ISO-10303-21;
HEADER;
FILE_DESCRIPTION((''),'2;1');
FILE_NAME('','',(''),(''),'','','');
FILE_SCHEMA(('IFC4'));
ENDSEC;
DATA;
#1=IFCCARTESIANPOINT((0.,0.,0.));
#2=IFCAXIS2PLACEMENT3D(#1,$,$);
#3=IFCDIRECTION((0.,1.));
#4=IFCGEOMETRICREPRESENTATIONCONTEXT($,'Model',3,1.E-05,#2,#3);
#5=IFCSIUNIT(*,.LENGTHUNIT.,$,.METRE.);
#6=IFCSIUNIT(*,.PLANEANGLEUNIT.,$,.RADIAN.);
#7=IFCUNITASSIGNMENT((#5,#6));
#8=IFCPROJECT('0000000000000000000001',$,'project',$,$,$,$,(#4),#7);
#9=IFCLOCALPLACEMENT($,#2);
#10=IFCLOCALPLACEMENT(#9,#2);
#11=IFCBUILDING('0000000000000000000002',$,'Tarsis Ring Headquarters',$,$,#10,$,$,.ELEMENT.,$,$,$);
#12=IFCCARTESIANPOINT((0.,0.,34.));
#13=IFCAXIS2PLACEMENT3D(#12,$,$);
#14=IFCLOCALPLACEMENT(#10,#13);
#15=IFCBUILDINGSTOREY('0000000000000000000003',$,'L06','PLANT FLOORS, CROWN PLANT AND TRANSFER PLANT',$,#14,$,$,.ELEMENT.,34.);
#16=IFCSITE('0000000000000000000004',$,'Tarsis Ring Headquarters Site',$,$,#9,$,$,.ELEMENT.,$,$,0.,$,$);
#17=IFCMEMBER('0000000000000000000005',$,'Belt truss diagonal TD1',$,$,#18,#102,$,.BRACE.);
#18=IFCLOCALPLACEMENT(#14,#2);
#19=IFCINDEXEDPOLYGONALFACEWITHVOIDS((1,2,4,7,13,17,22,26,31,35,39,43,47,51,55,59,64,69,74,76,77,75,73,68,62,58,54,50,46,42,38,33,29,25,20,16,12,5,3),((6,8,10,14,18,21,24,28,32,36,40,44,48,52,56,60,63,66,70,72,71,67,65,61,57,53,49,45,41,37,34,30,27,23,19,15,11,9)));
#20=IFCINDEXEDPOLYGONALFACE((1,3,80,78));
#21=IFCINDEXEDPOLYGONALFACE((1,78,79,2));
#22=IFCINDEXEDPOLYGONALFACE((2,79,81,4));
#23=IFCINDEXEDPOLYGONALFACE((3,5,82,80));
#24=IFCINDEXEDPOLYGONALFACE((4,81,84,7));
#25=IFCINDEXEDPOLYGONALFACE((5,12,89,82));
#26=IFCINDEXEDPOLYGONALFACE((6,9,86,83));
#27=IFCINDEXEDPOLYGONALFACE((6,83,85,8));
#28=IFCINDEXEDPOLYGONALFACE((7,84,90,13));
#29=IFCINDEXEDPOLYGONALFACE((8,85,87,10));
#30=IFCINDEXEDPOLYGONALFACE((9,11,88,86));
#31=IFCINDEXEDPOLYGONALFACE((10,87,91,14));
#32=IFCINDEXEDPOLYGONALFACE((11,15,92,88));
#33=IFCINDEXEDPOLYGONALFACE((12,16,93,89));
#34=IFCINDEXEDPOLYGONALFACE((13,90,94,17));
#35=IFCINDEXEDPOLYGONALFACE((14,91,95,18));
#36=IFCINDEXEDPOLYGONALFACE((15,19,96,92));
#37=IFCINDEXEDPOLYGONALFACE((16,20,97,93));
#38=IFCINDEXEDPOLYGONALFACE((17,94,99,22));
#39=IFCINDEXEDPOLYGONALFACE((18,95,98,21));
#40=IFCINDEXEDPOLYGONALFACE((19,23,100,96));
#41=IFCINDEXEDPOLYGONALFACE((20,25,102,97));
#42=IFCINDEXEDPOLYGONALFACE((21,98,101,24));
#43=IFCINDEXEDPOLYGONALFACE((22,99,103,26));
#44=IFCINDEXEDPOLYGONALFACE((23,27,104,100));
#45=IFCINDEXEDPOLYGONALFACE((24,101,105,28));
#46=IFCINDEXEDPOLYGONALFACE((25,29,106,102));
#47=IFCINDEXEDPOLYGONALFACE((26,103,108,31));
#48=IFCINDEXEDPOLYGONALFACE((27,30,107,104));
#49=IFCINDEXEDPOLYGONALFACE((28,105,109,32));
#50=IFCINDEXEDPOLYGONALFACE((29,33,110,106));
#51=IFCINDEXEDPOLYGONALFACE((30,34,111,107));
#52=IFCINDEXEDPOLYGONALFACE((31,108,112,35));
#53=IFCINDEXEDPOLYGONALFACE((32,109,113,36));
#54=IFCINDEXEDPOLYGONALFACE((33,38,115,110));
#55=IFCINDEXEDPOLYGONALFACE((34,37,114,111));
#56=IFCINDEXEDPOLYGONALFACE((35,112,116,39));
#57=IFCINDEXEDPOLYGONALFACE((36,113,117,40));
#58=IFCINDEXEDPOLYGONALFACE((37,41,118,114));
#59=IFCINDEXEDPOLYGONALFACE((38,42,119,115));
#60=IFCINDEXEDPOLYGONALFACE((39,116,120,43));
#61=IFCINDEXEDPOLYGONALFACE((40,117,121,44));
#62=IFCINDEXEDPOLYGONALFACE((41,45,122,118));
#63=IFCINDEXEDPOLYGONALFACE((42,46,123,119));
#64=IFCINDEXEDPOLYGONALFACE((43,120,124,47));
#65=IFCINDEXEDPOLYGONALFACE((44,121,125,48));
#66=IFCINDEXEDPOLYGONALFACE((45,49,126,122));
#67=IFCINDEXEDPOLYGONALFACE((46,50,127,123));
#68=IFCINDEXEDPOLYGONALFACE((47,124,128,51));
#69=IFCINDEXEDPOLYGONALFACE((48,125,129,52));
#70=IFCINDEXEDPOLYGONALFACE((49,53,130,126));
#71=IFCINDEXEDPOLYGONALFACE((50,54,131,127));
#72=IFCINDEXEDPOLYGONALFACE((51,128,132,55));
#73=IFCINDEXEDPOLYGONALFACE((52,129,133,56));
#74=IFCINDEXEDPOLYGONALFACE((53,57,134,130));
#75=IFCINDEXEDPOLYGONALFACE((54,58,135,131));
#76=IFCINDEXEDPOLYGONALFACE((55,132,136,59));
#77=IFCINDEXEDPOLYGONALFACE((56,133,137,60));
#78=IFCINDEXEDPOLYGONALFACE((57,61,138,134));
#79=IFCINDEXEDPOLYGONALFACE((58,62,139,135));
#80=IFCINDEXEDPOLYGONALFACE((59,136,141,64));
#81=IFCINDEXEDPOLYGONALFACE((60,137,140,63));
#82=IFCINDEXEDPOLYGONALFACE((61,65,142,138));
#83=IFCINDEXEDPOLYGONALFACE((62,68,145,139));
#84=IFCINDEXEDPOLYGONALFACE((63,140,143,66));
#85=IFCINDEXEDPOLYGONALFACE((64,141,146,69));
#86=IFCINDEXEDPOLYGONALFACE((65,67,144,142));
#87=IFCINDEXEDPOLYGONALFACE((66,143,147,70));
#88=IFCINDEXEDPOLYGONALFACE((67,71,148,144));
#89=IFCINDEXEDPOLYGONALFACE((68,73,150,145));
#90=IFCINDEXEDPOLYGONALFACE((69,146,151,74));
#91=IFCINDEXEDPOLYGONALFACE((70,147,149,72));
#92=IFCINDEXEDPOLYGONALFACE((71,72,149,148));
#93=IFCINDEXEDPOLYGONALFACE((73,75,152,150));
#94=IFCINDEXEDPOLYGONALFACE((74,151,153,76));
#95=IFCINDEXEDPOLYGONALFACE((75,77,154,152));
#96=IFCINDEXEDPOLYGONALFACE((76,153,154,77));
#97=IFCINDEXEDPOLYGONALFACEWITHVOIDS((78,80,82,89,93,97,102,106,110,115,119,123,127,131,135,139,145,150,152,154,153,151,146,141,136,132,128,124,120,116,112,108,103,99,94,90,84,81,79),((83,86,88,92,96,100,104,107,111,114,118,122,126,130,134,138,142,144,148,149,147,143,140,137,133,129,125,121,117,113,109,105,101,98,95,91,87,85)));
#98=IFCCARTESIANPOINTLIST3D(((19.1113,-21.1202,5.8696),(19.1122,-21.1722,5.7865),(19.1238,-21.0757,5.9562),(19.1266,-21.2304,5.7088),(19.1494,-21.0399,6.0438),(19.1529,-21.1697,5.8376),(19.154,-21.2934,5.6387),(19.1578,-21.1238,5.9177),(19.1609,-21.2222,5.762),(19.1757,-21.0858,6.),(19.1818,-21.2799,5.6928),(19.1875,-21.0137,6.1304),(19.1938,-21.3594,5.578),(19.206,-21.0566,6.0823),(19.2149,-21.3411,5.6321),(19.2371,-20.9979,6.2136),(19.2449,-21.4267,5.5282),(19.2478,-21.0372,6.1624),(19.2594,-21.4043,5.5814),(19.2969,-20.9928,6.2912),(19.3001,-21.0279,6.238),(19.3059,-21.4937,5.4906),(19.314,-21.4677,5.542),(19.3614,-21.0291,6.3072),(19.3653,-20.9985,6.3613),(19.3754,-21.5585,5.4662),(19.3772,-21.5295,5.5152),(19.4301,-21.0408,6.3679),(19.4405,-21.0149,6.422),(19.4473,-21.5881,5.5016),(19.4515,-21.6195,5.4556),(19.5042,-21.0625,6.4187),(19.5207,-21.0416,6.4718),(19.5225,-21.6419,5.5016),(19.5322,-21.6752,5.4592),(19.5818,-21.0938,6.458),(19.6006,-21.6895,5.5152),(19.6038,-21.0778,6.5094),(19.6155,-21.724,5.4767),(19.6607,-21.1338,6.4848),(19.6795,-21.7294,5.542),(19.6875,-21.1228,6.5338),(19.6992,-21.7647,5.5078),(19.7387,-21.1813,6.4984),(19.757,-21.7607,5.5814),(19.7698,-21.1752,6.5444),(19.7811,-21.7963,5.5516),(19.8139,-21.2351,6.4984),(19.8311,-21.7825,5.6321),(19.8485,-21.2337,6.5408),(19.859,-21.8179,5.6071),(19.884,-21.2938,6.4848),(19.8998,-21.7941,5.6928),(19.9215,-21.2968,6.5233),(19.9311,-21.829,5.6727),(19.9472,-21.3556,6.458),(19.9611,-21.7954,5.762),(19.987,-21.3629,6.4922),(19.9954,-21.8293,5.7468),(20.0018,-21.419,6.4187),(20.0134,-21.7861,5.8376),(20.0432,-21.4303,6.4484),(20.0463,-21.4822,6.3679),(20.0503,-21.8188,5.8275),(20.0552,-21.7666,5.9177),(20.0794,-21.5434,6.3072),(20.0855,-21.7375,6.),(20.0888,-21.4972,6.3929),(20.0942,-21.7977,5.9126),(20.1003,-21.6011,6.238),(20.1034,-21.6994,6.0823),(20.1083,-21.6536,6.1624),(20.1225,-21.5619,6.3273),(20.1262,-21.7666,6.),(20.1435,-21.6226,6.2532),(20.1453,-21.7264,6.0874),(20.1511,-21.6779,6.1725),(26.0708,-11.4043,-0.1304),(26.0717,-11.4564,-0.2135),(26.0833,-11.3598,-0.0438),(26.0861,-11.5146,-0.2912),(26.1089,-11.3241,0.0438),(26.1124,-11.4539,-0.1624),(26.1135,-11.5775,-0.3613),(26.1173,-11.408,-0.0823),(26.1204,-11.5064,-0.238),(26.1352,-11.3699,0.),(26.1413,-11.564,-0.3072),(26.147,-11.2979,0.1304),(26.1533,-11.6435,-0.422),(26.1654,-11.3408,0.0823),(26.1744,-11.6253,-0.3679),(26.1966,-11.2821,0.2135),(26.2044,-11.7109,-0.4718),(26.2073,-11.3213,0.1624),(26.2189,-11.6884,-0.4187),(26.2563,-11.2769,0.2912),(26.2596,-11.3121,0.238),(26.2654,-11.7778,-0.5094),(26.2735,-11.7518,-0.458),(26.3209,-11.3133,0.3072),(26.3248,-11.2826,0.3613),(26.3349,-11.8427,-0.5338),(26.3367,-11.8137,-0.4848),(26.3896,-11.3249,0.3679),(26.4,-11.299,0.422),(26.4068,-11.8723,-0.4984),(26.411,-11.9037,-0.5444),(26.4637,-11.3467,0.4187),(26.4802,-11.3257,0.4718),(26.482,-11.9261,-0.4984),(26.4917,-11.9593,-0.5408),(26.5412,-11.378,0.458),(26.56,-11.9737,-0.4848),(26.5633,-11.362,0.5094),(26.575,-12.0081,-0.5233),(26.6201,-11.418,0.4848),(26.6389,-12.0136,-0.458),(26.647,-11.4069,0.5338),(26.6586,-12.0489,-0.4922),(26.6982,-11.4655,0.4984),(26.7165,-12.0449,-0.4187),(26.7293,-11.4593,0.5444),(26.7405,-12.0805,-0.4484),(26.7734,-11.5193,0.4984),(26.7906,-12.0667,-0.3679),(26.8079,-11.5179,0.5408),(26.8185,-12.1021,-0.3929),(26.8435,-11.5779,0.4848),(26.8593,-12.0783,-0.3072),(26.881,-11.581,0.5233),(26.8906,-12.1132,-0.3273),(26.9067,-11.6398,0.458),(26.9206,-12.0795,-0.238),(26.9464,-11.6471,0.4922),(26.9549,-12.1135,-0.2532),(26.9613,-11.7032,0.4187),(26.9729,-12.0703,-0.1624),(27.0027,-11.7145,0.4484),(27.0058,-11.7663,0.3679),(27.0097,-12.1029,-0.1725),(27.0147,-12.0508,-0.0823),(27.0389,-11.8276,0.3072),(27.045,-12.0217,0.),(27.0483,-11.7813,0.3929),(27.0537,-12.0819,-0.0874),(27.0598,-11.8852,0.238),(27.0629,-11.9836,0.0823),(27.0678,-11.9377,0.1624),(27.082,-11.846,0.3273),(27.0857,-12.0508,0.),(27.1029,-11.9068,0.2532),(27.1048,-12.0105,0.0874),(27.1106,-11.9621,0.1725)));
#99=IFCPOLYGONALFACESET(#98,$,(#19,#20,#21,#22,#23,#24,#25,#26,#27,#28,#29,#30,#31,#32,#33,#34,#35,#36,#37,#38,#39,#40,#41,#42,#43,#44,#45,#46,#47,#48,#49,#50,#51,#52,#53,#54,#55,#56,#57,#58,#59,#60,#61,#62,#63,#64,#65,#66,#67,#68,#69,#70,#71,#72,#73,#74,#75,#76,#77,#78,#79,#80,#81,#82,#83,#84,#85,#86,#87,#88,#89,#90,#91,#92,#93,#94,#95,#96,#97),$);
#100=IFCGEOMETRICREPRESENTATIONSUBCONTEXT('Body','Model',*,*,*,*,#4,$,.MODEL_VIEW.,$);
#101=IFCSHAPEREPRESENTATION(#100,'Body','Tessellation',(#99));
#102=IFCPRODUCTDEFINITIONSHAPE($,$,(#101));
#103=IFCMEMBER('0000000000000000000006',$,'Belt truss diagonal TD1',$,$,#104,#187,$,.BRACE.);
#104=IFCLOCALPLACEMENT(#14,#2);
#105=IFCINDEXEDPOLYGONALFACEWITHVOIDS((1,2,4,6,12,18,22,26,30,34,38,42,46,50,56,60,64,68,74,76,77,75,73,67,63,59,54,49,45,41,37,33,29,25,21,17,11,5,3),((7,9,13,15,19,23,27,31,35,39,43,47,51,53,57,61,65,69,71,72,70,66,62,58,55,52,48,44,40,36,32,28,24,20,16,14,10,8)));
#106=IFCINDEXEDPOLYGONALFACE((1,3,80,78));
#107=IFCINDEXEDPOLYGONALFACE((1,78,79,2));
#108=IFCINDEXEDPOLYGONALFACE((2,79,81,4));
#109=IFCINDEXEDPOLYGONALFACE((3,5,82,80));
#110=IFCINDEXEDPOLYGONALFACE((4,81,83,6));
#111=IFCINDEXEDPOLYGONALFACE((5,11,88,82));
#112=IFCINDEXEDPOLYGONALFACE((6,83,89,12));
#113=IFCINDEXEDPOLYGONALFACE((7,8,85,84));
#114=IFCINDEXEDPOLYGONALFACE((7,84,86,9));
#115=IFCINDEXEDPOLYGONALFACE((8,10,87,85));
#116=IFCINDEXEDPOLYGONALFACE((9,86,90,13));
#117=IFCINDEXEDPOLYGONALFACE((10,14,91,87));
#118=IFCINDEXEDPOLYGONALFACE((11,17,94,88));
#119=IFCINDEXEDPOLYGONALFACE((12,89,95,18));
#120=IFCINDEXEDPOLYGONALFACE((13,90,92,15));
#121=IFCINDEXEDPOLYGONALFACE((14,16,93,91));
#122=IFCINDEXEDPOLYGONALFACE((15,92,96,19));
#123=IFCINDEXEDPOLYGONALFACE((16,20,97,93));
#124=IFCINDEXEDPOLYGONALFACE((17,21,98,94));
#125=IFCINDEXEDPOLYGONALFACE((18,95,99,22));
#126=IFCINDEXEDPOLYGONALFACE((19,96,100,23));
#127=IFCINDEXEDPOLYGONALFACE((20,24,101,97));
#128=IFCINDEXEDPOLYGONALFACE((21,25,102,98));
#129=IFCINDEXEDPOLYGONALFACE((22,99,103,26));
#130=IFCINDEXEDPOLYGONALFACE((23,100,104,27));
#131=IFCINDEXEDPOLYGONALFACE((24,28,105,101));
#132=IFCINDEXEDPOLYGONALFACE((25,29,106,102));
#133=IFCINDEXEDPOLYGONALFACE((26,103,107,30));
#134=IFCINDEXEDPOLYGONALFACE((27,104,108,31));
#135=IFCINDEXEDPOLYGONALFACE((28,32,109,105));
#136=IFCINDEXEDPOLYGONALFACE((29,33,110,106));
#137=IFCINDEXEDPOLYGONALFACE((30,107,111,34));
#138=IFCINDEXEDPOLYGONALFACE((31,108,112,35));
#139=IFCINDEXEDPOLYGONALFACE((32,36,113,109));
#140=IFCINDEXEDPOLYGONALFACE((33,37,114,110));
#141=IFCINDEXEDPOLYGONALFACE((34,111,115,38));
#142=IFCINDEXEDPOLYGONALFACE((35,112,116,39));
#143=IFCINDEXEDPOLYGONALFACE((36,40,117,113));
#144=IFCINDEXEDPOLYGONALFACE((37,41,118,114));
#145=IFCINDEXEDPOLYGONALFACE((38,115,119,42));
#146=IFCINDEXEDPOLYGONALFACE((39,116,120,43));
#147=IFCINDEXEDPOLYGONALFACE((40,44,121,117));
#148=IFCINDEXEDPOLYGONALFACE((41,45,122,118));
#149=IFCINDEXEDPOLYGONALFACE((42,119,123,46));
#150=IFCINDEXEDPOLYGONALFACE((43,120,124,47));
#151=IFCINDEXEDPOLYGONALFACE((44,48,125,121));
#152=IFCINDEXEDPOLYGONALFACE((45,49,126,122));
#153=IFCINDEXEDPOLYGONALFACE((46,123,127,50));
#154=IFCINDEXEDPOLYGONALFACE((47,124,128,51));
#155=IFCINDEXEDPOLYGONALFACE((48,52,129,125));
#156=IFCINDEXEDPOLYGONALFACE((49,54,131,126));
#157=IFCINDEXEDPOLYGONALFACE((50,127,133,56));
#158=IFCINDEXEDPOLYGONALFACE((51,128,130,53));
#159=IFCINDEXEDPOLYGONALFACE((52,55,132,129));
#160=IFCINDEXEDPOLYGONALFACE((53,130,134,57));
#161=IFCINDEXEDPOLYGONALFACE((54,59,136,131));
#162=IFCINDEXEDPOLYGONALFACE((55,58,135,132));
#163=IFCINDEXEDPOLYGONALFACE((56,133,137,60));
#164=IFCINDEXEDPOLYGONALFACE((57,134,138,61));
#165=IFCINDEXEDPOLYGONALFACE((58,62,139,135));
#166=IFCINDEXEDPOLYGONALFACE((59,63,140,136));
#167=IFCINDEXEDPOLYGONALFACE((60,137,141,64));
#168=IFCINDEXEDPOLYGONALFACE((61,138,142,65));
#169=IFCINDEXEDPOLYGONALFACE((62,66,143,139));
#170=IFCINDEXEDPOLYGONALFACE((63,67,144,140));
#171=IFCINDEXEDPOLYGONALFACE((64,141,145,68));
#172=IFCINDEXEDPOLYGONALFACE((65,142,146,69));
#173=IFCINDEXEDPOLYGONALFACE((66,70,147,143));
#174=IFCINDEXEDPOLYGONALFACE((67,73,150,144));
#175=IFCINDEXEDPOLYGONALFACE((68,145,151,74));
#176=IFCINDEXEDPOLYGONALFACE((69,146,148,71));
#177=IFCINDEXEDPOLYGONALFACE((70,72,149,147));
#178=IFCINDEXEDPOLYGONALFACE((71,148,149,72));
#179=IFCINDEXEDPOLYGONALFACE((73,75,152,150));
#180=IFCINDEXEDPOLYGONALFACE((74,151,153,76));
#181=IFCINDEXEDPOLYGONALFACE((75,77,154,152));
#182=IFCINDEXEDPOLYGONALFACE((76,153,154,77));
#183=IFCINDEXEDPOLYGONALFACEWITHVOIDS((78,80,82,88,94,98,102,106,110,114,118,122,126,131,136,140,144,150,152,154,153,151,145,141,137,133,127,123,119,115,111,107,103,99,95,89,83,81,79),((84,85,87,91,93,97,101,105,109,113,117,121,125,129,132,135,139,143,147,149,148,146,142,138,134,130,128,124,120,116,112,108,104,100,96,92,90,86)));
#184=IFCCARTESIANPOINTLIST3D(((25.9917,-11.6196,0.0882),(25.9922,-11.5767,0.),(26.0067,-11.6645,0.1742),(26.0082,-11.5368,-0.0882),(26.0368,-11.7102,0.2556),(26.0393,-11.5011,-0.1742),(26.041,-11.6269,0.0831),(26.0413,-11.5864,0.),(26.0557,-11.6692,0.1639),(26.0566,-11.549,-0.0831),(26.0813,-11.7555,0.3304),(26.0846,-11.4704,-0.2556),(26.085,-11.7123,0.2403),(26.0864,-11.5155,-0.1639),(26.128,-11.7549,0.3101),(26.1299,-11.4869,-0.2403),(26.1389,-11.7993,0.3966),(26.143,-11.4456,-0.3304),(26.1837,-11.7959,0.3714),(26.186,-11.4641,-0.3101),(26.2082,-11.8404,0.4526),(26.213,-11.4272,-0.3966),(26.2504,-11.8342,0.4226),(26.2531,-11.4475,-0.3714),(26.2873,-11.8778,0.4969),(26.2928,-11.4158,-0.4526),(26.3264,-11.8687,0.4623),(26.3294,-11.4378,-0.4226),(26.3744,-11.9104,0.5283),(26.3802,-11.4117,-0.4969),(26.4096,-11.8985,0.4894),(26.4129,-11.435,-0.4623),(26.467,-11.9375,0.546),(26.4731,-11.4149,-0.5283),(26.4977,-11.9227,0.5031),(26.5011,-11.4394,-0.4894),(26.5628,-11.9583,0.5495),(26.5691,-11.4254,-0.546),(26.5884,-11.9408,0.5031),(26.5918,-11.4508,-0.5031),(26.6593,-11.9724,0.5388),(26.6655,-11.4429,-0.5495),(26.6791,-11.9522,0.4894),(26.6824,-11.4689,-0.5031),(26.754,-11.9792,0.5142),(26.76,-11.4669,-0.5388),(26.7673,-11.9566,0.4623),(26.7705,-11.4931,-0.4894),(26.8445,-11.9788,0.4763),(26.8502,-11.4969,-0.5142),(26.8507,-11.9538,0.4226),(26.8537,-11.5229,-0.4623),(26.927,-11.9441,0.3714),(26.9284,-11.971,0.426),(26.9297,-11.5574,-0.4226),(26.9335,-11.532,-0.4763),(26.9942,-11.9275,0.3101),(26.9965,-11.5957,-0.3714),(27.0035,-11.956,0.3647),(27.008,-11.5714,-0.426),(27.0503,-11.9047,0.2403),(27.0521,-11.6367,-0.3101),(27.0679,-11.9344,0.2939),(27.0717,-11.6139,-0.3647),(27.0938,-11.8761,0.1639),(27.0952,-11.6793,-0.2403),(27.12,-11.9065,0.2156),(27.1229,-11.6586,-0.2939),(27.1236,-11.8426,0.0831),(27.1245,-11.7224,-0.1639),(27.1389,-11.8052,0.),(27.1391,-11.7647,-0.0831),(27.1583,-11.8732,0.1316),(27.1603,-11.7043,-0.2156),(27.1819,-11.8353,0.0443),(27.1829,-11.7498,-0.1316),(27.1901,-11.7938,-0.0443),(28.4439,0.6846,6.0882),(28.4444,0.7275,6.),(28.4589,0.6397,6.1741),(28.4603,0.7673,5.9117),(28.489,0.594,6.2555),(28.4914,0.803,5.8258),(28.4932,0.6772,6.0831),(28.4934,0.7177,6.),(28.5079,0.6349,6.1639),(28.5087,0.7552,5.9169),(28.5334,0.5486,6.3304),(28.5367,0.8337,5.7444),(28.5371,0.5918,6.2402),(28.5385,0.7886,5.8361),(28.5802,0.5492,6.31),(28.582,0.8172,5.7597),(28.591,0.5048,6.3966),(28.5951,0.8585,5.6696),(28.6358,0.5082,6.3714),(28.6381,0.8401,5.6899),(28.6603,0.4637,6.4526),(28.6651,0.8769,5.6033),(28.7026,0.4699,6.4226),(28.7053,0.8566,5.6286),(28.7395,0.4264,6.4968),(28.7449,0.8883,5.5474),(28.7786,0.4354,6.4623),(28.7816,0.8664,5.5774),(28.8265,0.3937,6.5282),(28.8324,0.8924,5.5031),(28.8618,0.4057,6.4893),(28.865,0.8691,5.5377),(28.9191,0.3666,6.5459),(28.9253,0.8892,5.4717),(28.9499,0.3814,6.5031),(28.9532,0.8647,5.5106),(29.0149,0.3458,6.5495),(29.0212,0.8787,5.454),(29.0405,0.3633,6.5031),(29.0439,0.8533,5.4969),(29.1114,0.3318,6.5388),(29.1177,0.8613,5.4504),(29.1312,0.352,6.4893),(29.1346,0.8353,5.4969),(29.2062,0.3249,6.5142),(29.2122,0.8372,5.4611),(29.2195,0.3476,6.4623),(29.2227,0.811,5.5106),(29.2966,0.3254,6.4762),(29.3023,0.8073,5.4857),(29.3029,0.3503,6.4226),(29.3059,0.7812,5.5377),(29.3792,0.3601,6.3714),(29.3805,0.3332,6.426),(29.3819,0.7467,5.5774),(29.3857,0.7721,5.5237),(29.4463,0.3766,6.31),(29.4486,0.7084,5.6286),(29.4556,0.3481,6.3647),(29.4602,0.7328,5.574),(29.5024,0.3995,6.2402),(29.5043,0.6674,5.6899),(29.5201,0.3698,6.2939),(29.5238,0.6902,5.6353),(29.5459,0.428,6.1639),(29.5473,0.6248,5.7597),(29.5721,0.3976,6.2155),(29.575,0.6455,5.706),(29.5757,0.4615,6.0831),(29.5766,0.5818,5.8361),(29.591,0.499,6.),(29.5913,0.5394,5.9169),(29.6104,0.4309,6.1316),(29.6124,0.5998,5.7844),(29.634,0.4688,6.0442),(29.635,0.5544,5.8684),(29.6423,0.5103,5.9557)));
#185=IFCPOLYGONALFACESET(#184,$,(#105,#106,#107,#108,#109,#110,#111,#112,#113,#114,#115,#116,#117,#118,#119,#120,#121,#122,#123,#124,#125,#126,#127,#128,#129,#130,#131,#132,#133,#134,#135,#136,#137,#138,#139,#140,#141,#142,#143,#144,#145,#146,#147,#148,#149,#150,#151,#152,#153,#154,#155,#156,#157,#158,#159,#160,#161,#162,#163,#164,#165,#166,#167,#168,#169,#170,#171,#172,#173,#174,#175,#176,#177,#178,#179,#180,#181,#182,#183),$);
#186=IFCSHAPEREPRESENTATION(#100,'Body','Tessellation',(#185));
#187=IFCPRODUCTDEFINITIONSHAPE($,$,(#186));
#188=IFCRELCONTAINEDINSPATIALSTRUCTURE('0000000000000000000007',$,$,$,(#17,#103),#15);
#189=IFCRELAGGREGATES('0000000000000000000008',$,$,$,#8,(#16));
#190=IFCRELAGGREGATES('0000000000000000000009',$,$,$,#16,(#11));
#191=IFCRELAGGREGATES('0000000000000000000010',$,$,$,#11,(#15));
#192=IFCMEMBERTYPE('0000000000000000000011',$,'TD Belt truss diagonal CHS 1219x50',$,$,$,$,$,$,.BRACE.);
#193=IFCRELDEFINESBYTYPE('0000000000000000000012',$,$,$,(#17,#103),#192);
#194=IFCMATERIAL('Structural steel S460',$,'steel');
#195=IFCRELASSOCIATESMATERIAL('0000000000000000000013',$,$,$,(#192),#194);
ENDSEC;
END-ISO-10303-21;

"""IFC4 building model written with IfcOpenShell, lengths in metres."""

from ifc_helpers import new_model, si_unit, direction, frame, origin, origin_2d, place, context, subcontext, project, spatial, hollow_circle, extrude, material, material_profile, profile_set, type_object, element, save


model = new_model("IFC4")

# Units and contexts
model_context = context("Model", 3, precision=1e-05, world=origin(), true_north=direction((0.0, 1.0)))
body_context = subcontext(model_context, "Body", "Model", "MODEL_VIEW")
ifc_project = project(units=[si_unit("LENGTHUNIT", "METRE"), si_unit("PLANEANGLEUNIT", "RADIAN")], contexts=[model_context])

# Site, building, storey
site_placement = place(None, origin())
site = spatial("IfcSite", under=ifc_project, at=site_placement, Name="Tarsis Ring Headquarters Site", CompositionType="ELEMENT", RefElevation=0.0)
building_placement = place(site_placement, origin())
building = spatial("IfcBuilding", under=site, at=building_placement, Name="Tarsis Ring Headquarters", CompositionType="ELEMENT")
storey_placement = place(building_placement, frame((0.0, 0.0, 34.0)))
storey = spatial("IfcBuildingStorey", under=building, at=storey_placement, Name="L06", Description="PLANT FLOORS, CROWN PLANT AND TRANSFER PLANT", CompositionType="ELEMENT", Elevation=34.0)

# Shared definitions
ifc_material_1 = material(Name="Structural steel S460", Category="steel")
ifc_material_profile_1 = material_profile(ifc_material_1, hollow_circle(Radius=0.6096, WallThickness=0.05, at=origin_2d()), Name="CHS 1219x50")
ifc_profile_set_1 = profile_set([ifc_material_profile_1], Name="Structural steel S460")

# Members
member_type_1 = type_object("IfcMemberType", Name="TD Belt truss diagonal CHS 1219x50", PredefinedType="BRACE", material=ifc_profile_set_1)
member_1_placement = place(storey_placement, frame((26.5901, -11.6958, 0.0), z_axis=(-0.520421, -0.726537, 0.448672), x_axis=(0.812957, -0.582324, 0.0)))
element("IfcMember", 1, at=member_1_placement, inside=storey, type_object=member_type_1, Name="Belt truss diagonal TD1", PredefinedType="BRACE", context=body_context, shape_type="SweptSolid", body=[
    extrude(hollow_circle(Radius=0.6096, WallThickness=0.05, at=origin_2d()), origin(), (0.0, 0.0, 1.0), 13.3728),
])
member_2_placement = place(storey_placement, frame((26.5901, -11.6958, 0.0), z_axis=(0.176324, 0.884745, 0.431436), x_axis=(-0.980714, 0.19545, 0.0)))
element("IfcMember", 2, at=member_2_placement, inside=storey, type_object=member_type_1, Name="Belt truss diagonal TD1", PredefinedType="BRACE", context=body_context, shape_type="SweptSolid", body=[
    extrude(hollow_circle(Radius=0.6096, WallThickness=0.05, at=origin_2d()), origin(), (0.0, 0.0, 1.0), 13.907),
])

save(model, "model.ifc")
